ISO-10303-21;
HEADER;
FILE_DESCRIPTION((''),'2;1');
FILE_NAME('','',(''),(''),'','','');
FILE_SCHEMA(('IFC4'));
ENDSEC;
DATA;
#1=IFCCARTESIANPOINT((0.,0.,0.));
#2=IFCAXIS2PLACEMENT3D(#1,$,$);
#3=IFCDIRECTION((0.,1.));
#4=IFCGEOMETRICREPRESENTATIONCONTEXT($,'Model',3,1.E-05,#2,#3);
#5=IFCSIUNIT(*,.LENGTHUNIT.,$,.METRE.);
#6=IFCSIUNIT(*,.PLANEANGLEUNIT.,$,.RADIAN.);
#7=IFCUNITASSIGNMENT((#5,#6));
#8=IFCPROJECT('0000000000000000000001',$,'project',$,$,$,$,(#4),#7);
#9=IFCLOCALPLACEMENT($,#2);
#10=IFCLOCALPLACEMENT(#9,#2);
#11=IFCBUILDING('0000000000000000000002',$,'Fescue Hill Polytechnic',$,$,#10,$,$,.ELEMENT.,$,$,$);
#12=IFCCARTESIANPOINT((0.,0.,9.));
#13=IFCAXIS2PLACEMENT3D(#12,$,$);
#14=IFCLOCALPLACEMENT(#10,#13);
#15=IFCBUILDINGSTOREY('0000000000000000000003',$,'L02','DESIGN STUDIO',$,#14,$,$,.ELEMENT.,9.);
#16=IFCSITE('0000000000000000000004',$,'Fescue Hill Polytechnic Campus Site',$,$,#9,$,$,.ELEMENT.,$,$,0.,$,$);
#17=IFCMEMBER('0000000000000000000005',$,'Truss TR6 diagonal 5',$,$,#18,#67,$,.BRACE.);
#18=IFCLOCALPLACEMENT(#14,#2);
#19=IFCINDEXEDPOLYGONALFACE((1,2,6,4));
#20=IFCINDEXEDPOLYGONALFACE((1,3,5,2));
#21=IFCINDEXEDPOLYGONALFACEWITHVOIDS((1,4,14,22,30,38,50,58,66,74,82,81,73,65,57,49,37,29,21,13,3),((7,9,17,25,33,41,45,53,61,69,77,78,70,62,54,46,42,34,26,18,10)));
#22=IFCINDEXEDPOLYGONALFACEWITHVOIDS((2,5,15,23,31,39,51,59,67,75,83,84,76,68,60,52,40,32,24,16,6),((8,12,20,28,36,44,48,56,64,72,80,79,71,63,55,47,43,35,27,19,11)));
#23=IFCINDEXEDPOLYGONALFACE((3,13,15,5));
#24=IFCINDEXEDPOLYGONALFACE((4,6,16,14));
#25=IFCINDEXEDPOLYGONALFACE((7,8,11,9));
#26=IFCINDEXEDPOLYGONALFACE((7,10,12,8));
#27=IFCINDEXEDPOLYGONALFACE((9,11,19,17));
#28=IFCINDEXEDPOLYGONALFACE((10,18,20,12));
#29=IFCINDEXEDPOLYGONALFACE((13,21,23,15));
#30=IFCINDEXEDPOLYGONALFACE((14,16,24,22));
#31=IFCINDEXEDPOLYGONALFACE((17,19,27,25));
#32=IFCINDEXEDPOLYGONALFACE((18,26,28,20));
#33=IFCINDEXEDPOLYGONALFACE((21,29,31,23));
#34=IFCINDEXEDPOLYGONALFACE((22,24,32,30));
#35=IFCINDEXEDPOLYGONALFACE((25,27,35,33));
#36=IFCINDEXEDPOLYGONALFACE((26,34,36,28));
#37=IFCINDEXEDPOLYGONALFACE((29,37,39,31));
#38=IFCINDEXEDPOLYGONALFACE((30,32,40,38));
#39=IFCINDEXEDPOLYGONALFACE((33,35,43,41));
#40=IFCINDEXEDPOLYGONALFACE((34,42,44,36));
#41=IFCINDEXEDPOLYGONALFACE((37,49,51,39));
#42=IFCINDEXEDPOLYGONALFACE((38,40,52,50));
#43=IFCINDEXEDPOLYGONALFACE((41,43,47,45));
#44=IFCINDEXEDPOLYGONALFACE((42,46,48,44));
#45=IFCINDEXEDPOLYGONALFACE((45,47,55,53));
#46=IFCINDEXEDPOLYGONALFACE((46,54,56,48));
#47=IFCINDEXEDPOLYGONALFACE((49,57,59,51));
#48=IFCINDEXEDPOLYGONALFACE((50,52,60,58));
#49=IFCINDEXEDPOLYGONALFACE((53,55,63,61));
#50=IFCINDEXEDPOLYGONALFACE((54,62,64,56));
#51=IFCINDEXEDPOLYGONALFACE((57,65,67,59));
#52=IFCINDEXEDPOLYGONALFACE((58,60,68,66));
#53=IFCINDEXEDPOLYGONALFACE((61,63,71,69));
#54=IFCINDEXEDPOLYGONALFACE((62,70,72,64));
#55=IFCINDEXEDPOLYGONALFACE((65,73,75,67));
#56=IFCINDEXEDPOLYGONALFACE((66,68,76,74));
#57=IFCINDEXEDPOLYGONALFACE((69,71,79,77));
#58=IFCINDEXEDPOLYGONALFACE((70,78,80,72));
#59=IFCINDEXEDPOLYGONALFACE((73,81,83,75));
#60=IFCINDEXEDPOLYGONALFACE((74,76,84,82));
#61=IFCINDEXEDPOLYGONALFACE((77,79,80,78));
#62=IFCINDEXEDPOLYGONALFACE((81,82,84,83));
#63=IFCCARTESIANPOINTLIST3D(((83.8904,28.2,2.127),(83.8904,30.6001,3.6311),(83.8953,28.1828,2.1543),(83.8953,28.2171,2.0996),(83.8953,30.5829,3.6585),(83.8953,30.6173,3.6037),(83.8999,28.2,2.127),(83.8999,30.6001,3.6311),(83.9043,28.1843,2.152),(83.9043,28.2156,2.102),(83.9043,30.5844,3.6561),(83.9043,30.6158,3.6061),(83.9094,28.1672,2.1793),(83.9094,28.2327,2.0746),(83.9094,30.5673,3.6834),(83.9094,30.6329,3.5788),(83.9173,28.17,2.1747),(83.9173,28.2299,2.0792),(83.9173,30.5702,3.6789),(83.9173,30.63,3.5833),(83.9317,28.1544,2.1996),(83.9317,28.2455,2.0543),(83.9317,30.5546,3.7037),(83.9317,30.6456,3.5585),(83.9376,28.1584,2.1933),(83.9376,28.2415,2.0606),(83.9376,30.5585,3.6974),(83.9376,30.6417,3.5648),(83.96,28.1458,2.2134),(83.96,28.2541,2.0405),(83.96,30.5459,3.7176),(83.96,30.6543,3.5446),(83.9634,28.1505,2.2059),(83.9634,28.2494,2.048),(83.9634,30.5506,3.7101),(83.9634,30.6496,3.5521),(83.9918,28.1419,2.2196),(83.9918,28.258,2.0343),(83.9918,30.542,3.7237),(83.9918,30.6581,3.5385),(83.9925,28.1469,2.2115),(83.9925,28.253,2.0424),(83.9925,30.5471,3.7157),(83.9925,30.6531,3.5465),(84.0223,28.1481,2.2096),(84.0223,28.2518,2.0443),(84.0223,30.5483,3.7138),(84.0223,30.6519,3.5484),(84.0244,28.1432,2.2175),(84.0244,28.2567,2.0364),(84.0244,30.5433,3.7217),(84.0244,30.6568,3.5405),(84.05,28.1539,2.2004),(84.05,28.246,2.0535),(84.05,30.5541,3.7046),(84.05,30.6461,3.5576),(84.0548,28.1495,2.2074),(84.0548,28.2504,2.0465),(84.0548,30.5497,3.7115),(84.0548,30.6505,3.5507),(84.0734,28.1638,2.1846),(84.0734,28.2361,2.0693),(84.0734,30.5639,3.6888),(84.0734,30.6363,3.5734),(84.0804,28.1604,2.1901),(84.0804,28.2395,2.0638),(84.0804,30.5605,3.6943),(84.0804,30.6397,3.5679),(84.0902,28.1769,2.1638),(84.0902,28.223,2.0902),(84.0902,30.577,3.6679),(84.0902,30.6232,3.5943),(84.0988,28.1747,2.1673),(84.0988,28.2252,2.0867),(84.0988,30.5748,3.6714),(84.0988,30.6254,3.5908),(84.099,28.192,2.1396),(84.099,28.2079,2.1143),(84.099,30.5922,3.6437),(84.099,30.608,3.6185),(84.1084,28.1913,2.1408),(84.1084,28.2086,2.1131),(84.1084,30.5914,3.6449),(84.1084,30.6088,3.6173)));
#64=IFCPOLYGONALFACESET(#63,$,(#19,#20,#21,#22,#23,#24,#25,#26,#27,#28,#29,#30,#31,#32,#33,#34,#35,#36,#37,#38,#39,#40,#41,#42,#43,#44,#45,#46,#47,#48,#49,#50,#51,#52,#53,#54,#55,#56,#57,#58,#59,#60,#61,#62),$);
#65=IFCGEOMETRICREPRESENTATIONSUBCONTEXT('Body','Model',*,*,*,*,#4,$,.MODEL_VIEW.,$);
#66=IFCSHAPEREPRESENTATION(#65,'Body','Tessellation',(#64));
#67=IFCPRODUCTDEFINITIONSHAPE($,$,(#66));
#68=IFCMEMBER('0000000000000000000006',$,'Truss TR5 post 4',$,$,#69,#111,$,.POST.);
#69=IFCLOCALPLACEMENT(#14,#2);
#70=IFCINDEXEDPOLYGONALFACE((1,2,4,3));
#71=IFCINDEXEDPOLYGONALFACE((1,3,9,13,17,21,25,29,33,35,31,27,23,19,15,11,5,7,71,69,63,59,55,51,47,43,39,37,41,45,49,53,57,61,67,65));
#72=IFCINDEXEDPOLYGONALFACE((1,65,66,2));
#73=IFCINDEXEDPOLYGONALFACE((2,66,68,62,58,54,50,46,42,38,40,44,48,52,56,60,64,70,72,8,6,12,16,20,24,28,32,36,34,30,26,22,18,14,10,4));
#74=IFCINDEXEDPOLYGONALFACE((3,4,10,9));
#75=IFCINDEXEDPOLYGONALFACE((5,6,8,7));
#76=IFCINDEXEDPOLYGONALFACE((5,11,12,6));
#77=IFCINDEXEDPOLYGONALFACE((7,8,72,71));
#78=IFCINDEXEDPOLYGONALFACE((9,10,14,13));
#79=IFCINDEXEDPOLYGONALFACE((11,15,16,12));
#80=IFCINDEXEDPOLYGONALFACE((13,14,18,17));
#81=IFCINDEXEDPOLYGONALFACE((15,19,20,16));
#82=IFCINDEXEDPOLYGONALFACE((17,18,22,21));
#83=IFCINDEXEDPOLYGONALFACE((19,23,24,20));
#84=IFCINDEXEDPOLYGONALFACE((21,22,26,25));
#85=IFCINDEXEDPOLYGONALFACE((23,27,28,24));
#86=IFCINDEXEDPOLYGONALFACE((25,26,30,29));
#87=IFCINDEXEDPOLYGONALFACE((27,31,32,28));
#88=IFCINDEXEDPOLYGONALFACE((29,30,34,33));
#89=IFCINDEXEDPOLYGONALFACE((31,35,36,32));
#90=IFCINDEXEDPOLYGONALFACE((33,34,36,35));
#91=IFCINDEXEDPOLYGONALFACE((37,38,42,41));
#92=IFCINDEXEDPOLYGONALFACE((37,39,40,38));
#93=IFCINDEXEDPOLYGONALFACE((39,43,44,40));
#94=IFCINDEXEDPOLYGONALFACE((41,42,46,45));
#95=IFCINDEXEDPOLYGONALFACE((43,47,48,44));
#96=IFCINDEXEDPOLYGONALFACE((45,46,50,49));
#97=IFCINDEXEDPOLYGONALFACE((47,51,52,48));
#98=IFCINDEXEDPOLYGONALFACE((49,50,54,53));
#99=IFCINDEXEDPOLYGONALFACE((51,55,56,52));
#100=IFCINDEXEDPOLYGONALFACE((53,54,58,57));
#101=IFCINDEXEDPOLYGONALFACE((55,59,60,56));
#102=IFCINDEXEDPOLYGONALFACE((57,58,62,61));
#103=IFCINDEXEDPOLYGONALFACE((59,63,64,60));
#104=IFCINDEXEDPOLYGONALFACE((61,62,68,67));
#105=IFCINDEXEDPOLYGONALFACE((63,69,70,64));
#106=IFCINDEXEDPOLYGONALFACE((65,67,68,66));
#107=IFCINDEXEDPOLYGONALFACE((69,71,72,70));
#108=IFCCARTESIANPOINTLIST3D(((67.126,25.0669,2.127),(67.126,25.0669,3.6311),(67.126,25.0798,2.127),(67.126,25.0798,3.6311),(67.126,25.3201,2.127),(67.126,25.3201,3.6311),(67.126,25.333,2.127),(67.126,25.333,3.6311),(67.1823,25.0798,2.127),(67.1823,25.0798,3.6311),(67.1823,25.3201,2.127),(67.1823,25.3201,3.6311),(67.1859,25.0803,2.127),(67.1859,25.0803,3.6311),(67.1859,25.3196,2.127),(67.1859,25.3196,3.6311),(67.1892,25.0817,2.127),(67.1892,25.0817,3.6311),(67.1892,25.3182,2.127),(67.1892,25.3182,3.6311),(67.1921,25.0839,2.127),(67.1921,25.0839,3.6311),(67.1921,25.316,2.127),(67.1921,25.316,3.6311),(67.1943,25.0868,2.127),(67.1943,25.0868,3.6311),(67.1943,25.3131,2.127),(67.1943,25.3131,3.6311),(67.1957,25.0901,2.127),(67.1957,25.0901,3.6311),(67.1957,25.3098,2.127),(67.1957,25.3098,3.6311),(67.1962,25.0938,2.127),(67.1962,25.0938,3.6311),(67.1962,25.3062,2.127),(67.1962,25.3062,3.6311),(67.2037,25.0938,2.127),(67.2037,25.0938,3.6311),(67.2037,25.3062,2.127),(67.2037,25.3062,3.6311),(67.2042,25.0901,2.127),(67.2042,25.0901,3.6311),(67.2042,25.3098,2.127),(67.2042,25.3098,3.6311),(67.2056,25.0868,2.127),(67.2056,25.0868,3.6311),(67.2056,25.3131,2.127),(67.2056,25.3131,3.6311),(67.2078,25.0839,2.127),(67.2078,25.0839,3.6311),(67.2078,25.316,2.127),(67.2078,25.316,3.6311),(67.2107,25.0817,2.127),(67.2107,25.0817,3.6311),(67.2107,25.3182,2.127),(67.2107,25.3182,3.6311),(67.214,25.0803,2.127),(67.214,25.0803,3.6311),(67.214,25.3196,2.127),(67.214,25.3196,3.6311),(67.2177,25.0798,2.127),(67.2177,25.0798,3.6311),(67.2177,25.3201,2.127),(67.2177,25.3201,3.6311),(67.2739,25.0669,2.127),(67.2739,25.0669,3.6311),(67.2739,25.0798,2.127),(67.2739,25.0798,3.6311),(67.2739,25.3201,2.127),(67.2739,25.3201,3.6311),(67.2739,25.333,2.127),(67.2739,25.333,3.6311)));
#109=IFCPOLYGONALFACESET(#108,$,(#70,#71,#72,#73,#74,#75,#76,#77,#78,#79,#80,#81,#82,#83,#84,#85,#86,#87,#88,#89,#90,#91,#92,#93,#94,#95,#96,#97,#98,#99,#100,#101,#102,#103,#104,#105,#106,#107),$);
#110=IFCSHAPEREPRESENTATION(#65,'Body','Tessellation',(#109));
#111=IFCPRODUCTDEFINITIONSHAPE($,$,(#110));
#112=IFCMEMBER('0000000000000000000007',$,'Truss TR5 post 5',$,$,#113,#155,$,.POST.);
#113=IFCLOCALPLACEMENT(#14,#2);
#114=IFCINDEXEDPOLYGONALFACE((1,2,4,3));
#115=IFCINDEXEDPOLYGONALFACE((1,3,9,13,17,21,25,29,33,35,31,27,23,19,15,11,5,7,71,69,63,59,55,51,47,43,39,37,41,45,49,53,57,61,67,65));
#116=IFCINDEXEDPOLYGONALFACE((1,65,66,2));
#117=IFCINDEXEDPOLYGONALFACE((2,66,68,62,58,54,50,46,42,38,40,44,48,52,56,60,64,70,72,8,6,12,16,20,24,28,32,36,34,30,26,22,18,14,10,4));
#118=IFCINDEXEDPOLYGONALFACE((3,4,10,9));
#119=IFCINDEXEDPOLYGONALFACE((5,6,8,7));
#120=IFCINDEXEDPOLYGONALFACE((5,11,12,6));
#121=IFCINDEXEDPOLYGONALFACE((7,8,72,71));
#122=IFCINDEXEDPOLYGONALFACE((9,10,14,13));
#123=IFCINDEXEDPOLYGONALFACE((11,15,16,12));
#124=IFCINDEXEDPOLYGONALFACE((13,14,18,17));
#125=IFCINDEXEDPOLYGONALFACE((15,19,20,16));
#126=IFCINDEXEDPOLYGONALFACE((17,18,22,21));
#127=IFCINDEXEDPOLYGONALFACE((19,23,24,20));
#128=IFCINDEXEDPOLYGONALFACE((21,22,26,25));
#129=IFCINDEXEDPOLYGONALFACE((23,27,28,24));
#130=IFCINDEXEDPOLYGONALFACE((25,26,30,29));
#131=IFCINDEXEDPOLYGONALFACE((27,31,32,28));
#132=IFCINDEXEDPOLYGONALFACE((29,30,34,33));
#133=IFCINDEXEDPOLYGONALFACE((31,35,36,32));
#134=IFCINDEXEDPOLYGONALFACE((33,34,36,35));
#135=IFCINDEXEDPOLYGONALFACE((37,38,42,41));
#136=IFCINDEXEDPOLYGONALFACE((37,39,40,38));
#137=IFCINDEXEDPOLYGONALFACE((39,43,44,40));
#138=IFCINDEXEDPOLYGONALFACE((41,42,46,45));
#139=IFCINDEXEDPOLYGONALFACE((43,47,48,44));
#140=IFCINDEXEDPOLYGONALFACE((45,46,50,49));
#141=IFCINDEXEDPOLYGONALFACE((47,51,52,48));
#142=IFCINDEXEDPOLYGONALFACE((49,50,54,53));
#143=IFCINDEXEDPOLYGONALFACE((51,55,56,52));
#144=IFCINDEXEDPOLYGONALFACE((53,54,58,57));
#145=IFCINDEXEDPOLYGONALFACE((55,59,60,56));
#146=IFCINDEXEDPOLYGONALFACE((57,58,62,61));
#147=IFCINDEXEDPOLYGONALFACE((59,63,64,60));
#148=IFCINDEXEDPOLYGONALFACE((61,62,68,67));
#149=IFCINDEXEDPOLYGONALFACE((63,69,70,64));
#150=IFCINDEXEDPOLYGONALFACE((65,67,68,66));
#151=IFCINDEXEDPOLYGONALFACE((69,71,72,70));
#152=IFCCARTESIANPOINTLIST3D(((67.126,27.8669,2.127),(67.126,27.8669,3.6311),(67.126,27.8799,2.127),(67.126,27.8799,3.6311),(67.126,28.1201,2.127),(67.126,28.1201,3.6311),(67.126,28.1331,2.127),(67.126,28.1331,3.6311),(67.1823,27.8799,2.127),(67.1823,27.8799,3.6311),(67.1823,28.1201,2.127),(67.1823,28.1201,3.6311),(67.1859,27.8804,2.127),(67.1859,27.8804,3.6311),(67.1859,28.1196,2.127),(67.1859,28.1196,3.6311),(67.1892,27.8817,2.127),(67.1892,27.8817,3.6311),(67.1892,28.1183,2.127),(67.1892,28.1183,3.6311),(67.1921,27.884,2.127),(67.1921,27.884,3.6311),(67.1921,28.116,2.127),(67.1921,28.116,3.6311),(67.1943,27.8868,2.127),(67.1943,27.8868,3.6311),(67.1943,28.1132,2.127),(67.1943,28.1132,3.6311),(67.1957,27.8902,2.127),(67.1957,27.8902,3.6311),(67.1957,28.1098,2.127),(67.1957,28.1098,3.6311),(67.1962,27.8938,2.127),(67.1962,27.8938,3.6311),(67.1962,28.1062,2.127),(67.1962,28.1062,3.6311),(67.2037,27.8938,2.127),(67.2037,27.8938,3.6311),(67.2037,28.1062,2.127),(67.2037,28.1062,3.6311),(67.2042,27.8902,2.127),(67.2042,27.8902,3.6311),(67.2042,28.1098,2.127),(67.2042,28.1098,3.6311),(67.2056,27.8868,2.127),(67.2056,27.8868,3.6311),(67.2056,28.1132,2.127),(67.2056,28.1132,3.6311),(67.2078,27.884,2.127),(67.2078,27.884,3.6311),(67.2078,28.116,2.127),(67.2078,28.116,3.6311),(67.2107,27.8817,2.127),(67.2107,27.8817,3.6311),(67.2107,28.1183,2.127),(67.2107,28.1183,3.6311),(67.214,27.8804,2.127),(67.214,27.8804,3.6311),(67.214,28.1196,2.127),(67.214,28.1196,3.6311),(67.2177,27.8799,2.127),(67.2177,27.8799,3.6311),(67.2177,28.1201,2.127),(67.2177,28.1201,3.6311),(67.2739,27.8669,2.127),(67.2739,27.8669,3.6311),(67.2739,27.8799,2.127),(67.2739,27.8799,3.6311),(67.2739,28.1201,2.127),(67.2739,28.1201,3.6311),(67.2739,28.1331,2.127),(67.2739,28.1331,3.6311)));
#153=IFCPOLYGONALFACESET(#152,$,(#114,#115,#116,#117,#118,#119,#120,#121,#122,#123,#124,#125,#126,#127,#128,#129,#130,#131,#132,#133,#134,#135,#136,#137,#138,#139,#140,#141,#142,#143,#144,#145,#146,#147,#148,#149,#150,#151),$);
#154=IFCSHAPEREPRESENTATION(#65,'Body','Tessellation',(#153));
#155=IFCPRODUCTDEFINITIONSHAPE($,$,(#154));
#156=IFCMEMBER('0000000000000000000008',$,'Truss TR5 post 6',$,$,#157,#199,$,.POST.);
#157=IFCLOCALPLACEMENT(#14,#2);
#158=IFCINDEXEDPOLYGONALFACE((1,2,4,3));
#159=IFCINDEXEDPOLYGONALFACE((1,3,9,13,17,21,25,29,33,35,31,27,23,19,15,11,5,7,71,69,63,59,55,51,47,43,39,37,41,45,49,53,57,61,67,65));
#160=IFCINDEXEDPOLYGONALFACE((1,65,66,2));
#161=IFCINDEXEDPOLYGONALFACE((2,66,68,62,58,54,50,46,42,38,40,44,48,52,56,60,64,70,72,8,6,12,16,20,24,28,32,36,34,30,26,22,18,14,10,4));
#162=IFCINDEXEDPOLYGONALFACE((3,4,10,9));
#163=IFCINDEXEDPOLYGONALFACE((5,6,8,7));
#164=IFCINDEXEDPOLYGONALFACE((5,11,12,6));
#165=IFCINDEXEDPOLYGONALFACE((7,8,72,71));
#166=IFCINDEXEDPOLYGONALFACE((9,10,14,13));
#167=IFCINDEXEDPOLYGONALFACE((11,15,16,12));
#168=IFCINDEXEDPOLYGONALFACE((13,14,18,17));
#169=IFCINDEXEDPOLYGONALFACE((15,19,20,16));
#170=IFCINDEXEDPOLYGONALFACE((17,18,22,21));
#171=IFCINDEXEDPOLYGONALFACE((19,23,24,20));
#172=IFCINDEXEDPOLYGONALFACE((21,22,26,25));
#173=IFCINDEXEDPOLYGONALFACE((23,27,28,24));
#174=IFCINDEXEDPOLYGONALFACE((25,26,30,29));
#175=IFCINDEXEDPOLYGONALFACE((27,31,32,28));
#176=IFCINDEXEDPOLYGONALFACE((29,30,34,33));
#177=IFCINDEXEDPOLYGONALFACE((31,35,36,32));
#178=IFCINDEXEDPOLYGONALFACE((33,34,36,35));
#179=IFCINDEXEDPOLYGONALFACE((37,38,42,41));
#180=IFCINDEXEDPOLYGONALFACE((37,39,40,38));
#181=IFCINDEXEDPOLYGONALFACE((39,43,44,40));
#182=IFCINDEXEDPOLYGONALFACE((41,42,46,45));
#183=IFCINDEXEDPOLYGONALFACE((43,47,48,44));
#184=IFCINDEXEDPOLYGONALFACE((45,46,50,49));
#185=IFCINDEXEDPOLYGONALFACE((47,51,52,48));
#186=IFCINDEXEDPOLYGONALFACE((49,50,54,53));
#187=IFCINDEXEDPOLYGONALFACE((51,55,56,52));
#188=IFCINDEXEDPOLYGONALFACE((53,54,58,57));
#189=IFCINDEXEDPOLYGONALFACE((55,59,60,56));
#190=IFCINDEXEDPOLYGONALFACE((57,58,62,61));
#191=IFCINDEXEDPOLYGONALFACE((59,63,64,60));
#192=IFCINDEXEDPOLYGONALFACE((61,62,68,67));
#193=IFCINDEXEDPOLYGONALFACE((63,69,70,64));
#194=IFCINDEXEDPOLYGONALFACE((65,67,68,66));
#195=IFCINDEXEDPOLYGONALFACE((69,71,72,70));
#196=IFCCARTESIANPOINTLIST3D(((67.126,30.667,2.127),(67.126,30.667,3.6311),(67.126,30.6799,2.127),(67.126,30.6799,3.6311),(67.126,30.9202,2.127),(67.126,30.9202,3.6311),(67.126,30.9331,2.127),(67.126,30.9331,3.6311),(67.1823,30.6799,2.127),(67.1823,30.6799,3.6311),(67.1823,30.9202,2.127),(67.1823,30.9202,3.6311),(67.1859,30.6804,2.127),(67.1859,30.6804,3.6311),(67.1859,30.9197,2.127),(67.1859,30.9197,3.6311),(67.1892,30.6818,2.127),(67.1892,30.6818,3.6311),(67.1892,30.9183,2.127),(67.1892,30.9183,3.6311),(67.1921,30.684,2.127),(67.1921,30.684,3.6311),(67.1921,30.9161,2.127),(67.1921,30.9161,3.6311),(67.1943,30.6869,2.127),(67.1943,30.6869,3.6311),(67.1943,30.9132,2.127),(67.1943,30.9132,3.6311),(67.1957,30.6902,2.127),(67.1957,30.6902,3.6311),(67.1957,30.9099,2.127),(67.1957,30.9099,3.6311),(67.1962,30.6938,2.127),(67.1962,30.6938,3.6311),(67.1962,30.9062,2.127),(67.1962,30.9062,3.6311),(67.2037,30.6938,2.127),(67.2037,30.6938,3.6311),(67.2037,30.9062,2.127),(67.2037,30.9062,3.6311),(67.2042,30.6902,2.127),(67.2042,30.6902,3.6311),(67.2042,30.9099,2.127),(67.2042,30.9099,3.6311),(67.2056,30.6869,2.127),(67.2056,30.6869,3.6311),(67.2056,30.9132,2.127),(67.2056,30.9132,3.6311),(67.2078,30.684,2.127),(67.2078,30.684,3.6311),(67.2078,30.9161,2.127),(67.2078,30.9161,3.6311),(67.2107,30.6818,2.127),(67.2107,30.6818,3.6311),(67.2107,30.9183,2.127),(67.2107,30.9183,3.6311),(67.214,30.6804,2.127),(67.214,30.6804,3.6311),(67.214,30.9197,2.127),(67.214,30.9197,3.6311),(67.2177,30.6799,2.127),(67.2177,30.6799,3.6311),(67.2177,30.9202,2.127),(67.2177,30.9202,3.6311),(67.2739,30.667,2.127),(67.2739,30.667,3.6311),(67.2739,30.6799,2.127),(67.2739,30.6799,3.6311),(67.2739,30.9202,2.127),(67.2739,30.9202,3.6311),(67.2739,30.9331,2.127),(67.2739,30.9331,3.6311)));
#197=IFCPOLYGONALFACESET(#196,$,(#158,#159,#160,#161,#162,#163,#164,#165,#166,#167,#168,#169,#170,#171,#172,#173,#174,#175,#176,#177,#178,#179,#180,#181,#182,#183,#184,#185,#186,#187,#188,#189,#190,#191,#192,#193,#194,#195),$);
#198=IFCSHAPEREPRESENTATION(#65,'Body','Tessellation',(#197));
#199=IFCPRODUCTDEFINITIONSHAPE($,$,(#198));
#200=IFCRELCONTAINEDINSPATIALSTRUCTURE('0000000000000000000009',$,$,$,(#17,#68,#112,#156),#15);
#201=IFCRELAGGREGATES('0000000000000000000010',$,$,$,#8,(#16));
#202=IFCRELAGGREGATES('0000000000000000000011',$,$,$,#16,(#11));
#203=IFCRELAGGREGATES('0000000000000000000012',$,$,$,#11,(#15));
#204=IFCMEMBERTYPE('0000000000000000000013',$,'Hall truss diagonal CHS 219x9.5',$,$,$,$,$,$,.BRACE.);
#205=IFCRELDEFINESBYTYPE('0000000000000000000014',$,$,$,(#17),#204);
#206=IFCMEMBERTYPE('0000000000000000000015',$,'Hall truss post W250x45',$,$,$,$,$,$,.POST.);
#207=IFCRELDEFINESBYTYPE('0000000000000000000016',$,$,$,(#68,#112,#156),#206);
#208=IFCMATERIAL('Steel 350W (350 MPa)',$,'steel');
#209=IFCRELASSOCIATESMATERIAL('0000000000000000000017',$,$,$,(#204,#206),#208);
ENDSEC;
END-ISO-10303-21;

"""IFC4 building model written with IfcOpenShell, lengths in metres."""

from ifc_helpers import new_model, si_unit, direction, frame, origin, origin_2d, place, context, subcontext, project, spatial, hollow_circle, i_section, extrude, material, material_profile, profile_set, type_object, element, save


model = new_model("IFC4")

# Units and contexts
model_context = context("Model", 3, precision=1e-05, world=origin(), true_north=direction((0.0, 1.0)))
body_context = subcontext(model_context, "Body", "Model", "MODEL_VIEW")
ifc_project = project(units=[si_unit("LENGTHUNIT", "METRE"), si_unit("PLANEANGLEUNIT", "RADIAN")], contexts=[model_context])

# Site, building, storey
site_placement = place(None, origin())
site = spatial("IfcSite", under=ifc_project, at=site_placement, Name="Fescue Hill Polytechnic Campus Site", CompositionType="ELEMENT", RefElevation=0.0)
building_placement = place(site_placement, origin())
building = spatial("IfcBuilding", under=site, at=building_placement, Name="Fescue Hill Polytechnic", CompositionType="ELEMENT")
storey_placement = place(building_placement, frame((0.0, 0.0, 9.0)))
storey = spatial("IfcBuildingStorey", under=building, at=storey_placement, Name="L02", Description="DESIGN STUDIO", CompositionType="ELEMENT", Elevation=9.0)

# Members
ifc_material = material(Name="Steel 350W (350 MPa)", Category="steel")
ifc_material_profile_1 = material_profile(ifc_material, hollow_circle(Radius=0.1096, WallThickness=0.0095, at=origin_2d()), Name="Hall truss diagonal CHS 219x9.5")
ifc_profile_set_1 = profile_set([ifc_material_profile_1], Name="Steel 350W (350 MPa)")
member_type_1 = type_object("IfcMemberType", Name="Hall truss diagonal CHS 219x9.5", PredefinedType="BRACE", material=ifc_profile_set_1)
for number, where, z_axis, x_axis, name in (
    (1, (84.0, 28.2, 2.127), (0.0, 0.847354, 0.531029), (-1.0, 0.0, 0.0), "Truss TR6 diagonal 5"),
):
    element("IfcMember", number, at=place(storey_placement, frame(where, z_axis=z_axis, x_axis=x_axis)), inside=storey, type_object=member_type_1, Name=name, PredefinedType="BRACE", context=body_context, shape_type="SweptSolid", body=[
        extrude(hollow_circle(Radius=0.1096, WallThickness=0.0095, at=origin_2d()), origin(), (0.0, 0.0, 1.0), 2.8325),
    ])
ifc_material_profile_2 = material_profile(ifc_material, i_section(OverallWidth=0.1479, OverallDepth=0.2661, WebThickness=0.0076, FlangeThickness=0.0129, FilletRadius=0.0139, at=origin_2d()), Name="W250x45")
ifc_profile_set_2 = profile_set([ifc_material_profile_2], Name="Steel 350W (350 MPa)")
member_type_2 = type_object("IfcMemberType", Name="Hall truss post W250x45", PredefinedType="POST", material=ifc_profile_set_2)
for number, where, z_axis, x_axis, name in (
    (2, (67.2, 25.2, 2.127), (0.0, 0.0, 1.0), (1.0, 0.0, 0.0), "Truss TR5 post 4"),
    (3, (67.2, 28.0, 2.127), (0.0, 0.0, 1.0), (1.0, 0.0, 0.0), "Truss TR5 post 5"),
    (4, (67.2, 30.8, 2.127), (0.0, 0.0, 1.0), (1.0, 0.0, 0.0), "Truss TR5 post 6"),
):
    element("IfcMember", number, at=place(storey_placement, frame(where, z_axis=z_axis, x_axis=x_axis)), inside=storey, type_object=member_type_2, Name=name, PredefinedType="POST", context=body_context, shape_type="SweptSolid", body=[
        extrude(i_section(OverallWidth=0.1479, OverallDepth=0.2661, WebThickness=0.0076, FlangeThickness=0.0129, FilletRadius=0.0139, at=origin_2d()), origin(), (0.0, 0.0, 1.0), 1.5042),
    ])

save(model, "model.ifc")
